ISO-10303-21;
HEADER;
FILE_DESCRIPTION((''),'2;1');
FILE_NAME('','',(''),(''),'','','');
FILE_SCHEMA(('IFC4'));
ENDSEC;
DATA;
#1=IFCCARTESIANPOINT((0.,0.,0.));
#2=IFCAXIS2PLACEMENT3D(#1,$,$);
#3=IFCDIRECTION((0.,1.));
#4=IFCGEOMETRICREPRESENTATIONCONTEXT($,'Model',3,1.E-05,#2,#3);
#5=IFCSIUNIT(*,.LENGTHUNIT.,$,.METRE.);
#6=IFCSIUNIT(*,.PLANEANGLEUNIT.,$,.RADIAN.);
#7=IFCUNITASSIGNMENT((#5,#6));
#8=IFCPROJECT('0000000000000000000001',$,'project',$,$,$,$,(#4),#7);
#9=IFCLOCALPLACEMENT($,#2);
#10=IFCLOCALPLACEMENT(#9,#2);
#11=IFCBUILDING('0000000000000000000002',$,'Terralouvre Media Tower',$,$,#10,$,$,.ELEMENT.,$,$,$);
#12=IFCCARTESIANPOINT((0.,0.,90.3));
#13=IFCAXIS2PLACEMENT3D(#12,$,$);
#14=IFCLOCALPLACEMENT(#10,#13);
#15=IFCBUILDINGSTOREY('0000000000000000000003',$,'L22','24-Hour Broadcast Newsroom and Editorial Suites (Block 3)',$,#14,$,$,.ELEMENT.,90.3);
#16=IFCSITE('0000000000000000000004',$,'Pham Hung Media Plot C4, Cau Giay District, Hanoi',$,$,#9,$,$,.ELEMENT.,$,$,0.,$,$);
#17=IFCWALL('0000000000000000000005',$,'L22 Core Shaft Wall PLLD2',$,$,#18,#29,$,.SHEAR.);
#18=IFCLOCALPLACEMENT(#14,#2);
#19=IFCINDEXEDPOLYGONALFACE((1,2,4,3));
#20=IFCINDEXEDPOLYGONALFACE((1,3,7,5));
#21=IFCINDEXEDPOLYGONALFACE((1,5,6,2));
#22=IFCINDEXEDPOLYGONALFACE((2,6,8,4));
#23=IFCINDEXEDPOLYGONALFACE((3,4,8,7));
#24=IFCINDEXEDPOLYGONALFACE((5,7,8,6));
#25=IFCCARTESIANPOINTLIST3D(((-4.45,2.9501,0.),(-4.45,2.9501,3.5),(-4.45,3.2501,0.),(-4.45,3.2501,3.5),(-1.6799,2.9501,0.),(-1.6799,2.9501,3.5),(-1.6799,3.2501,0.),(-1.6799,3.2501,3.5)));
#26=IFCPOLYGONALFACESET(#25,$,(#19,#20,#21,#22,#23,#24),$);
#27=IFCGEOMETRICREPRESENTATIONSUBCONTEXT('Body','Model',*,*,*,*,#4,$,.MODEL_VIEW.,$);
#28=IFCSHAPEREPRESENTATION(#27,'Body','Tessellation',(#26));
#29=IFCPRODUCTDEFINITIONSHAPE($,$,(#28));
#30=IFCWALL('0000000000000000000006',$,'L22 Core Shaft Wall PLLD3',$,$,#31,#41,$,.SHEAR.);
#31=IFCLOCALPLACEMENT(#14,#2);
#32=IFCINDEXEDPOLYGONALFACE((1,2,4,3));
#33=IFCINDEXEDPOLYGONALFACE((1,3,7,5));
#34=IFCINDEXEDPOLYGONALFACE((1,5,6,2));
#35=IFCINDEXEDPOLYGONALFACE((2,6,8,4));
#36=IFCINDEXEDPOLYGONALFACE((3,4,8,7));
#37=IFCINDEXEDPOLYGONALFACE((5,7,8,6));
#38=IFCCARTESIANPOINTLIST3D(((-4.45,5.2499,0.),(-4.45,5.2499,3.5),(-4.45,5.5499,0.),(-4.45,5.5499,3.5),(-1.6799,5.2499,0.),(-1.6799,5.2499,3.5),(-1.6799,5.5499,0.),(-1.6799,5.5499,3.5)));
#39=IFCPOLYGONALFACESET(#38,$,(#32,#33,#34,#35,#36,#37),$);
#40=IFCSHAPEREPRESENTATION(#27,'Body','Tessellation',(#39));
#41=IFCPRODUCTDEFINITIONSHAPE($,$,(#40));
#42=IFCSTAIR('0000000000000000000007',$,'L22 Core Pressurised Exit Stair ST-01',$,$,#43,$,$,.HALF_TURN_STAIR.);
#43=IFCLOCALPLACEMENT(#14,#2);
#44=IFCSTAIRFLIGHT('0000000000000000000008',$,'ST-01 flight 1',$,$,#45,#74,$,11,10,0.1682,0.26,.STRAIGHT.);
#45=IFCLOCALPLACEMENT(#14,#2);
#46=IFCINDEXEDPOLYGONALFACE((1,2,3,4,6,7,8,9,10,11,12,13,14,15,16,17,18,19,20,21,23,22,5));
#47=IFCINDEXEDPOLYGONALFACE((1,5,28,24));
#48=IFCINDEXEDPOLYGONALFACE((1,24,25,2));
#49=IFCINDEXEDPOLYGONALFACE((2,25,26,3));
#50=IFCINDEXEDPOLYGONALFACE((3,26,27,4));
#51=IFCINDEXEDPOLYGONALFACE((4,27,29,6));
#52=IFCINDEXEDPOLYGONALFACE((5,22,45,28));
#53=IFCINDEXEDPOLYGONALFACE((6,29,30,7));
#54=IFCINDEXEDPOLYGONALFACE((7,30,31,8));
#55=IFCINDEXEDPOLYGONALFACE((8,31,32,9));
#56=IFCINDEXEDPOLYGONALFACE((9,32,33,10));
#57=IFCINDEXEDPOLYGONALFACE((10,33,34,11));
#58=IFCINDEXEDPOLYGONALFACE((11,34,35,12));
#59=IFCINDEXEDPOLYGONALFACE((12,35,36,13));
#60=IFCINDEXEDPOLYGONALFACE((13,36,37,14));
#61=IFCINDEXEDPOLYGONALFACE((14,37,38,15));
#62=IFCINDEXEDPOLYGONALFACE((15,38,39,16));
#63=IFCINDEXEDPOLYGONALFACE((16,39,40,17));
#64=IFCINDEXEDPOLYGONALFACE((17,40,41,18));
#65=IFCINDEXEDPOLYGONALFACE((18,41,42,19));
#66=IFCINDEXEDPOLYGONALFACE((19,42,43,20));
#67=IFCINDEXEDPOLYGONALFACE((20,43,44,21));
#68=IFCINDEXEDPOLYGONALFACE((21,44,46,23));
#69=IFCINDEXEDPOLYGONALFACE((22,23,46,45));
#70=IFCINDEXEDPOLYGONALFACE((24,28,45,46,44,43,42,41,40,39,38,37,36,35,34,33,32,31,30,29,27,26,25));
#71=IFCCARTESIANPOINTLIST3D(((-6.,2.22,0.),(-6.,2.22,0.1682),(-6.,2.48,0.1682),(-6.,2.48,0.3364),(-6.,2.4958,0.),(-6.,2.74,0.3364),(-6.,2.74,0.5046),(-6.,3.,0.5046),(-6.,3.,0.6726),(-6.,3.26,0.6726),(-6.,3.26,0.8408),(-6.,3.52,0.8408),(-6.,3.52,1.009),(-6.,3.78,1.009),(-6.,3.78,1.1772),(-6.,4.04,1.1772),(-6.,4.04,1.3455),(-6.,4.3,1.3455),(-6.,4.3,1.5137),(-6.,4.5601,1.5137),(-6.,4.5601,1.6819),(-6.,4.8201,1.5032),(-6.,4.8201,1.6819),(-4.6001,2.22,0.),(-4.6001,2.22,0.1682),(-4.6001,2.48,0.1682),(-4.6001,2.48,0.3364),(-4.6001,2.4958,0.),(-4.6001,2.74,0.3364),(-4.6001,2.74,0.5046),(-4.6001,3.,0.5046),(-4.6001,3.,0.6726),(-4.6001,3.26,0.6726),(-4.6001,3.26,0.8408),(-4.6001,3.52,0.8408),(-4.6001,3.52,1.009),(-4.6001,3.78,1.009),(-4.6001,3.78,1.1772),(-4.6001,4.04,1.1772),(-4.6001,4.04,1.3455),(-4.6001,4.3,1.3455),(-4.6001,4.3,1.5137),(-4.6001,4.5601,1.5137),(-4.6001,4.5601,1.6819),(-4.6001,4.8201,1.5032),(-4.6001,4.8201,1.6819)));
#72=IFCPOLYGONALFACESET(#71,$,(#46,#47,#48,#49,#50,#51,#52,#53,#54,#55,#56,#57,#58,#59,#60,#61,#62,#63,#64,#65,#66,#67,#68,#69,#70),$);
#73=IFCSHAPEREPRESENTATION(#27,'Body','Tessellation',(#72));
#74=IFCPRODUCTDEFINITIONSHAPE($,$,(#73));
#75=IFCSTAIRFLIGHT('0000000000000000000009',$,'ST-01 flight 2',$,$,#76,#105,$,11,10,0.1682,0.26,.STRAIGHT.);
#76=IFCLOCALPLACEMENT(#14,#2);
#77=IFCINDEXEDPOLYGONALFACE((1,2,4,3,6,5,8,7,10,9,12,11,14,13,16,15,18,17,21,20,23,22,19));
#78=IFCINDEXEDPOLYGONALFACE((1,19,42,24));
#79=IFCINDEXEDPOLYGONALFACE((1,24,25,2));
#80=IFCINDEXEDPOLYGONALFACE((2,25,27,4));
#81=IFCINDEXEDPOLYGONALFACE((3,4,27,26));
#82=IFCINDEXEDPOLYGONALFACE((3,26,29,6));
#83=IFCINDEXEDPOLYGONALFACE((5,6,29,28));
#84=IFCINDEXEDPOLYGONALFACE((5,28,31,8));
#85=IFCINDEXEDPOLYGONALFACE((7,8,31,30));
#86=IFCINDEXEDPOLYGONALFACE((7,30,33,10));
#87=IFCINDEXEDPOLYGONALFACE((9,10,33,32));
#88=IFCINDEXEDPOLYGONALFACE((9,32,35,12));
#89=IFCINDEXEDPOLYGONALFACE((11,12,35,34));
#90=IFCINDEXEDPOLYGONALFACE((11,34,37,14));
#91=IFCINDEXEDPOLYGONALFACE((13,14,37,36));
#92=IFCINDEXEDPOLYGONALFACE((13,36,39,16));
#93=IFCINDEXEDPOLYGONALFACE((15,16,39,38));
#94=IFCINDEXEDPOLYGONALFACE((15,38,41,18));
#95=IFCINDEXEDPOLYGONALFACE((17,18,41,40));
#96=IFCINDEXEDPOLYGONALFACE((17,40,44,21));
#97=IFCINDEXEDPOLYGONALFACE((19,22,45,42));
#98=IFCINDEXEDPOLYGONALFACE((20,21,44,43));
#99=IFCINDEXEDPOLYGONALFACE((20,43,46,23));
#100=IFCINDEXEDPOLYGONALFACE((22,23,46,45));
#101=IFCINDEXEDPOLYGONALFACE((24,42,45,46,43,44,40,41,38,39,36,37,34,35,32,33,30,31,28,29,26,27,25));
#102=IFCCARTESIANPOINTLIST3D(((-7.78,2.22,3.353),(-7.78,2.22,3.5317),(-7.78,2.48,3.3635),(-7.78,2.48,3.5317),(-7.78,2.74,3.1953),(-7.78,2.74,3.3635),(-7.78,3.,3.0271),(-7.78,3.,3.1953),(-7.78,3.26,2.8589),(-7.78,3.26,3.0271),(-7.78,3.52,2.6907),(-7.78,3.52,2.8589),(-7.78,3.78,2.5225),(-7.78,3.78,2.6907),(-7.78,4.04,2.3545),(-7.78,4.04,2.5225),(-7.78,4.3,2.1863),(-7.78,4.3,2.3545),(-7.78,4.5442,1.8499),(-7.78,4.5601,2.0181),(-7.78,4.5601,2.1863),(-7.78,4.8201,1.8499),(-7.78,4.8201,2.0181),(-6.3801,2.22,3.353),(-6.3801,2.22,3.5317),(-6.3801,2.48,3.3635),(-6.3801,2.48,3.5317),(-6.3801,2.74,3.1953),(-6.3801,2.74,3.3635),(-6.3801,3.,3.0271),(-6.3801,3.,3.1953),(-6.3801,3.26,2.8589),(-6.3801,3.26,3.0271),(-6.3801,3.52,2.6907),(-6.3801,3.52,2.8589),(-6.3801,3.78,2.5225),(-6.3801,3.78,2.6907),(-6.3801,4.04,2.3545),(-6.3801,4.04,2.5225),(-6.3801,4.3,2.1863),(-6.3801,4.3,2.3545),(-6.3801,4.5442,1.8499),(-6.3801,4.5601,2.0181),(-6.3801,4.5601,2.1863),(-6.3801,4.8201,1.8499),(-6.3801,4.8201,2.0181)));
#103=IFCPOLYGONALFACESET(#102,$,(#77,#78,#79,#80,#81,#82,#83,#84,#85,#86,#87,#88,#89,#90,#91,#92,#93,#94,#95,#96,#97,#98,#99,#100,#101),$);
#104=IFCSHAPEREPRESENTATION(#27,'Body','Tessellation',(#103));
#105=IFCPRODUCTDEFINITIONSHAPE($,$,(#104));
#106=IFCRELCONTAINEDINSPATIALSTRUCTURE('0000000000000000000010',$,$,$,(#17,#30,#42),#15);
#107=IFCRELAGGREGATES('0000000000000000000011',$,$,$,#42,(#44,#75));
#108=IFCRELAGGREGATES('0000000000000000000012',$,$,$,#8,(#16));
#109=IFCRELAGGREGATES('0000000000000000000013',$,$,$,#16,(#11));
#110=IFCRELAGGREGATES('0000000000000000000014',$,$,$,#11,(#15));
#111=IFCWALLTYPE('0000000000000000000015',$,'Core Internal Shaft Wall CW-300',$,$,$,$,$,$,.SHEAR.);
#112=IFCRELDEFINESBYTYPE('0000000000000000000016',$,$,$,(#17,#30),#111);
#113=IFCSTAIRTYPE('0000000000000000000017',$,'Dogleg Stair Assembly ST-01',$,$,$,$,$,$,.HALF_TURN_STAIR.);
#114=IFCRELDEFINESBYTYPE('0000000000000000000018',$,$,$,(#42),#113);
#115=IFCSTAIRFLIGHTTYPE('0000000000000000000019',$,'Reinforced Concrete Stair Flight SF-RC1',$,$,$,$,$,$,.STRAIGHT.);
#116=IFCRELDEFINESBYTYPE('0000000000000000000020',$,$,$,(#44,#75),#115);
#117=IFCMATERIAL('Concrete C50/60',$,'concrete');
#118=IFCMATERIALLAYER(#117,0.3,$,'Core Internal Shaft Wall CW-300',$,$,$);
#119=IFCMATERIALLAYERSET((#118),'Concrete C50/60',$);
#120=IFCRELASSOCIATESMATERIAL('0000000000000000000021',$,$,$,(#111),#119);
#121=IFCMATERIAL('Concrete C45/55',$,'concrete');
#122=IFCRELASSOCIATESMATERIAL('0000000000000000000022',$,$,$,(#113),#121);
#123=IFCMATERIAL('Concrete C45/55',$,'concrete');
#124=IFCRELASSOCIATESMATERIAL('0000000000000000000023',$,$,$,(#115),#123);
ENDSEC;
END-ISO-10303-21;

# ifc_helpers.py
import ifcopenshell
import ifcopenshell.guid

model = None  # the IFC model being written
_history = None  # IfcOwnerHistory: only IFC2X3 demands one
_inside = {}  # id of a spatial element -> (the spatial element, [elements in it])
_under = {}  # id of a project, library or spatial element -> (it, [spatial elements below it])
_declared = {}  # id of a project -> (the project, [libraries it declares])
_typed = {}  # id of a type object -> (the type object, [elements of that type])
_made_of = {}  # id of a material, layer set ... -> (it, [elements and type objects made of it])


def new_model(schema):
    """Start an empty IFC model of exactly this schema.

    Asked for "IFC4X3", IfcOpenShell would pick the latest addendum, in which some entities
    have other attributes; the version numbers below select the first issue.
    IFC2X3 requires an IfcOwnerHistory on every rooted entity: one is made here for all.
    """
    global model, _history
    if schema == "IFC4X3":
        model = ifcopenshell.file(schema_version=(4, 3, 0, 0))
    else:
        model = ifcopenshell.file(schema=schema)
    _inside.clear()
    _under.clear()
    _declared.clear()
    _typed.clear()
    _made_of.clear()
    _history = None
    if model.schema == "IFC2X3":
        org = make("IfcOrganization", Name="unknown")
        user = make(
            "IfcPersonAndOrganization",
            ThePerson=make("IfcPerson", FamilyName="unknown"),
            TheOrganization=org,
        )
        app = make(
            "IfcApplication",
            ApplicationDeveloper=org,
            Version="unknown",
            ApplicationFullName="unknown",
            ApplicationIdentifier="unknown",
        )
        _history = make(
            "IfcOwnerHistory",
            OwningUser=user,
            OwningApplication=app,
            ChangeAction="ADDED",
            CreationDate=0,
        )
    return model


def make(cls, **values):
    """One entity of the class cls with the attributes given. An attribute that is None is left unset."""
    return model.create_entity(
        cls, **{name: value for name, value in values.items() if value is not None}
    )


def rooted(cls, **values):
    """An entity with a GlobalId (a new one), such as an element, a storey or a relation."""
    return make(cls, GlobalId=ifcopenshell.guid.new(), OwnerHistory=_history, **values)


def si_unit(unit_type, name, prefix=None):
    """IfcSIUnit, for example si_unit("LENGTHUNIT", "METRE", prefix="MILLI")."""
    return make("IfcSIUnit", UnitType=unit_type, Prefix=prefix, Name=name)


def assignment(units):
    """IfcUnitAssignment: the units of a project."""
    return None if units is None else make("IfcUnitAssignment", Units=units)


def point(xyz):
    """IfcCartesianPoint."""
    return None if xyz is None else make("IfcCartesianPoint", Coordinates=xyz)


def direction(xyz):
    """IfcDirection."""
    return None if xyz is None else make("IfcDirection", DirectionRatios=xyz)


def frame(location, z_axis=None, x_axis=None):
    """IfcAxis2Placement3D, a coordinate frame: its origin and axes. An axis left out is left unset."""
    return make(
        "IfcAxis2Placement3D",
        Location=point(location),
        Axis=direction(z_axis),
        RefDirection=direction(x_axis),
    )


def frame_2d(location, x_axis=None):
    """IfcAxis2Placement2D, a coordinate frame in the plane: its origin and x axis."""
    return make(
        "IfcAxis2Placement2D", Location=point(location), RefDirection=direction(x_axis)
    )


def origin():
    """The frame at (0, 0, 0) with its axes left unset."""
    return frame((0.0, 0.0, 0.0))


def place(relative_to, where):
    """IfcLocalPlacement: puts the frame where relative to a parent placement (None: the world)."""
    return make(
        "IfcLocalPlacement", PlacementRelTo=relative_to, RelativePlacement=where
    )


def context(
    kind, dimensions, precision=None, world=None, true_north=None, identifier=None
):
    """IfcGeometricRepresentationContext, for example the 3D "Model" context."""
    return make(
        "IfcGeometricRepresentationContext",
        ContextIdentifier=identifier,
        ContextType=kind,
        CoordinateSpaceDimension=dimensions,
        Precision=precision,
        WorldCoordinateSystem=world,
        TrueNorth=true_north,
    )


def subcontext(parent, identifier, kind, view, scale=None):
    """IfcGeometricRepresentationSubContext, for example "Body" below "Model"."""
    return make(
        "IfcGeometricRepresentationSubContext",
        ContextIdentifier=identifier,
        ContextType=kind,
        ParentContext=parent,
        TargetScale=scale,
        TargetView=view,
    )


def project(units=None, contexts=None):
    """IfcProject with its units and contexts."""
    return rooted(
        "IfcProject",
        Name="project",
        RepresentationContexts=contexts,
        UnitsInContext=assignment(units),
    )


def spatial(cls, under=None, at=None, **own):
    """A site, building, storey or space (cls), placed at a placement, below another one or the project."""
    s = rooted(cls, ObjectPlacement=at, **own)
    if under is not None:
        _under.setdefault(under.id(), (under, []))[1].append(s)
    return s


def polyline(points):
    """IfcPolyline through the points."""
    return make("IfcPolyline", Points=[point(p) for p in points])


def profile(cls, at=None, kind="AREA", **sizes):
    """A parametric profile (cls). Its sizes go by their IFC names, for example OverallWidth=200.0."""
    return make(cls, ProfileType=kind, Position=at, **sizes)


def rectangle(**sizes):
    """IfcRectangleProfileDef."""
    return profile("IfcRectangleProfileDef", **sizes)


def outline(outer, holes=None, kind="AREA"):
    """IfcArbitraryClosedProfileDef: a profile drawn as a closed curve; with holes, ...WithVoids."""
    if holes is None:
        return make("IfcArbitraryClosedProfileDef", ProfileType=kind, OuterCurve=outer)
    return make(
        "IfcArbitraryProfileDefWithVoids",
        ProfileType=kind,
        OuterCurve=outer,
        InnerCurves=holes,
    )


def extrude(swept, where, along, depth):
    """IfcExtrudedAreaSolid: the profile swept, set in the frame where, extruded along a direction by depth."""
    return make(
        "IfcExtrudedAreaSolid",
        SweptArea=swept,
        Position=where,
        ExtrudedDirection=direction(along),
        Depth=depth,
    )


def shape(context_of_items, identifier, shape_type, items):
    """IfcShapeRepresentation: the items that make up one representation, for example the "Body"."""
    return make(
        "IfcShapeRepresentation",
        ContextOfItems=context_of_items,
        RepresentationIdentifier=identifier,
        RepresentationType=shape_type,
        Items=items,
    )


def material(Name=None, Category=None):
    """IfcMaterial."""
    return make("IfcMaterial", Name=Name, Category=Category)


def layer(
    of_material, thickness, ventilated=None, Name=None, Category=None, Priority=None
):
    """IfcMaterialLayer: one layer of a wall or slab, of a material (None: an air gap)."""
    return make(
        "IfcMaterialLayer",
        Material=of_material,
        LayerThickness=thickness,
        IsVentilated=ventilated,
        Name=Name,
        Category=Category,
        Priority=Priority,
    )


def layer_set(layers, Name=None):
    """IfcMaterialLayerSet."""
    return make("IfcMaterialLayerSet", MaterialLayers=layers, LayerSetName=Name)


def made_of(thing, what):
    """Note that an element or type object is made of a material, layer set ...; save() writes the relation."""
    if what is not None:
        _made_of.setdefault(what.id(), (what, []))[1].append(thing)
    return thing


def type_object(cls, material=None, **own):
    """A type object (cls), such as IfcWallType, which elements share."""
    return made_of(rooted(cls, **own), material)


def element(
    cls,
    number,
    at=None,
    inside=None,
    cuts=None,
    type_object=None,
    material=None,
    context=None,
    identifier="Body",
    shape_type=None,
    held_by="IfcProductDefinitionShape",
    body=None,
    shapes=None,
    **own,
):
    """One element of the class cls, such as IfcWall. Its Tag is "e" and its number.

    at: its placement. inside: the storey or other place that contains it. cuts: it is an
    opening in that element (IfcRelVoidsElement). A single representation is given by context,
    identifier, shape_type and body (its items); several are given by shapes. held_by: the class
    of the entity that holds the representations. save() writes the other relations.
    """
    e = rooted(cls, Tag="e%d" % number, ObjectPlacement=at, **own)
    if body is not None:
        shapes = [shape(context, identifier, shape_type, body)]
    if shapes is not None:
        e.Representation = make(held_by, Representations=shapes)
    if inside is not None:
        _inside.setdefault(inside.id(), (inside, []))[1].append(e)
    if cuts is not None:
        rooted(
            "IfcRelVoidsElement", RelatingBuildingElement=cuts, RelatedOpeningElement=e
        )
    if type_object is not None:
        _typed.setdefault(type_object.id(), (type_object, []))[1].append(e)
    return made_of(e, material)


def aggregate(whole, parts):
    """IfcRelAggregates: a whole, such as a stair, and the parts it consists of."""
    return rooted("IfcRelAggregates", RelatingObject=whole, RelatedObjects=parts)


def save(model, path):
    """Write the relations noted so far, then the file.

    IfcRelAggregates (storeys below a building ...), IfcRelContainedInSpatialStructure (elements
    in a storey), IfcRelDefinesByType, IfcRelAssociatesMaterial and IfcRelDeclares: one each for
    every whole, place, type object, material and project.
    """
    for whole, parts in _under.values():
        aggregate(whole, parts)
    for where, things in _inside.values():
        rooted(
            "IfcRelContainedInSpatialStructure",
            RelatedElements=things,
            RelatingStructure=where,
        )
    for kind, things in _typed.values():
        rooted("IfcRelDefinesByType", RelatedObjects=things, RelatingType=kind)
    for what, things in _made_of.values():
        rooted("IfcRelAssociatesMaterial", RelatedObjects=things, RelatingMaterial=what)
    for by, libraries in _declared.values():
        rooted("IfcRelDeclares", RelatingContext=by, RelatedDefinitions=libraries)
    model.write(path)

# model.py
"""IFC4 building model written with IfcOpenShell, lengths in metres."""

from ifc_helpers import new_model, si_unit, direction, frame, frame_2d, origin, place, context, subcontext, project, spatial, polyline, rectangle, outline, extrude, material, layer, layer_set, type_object, element, aggregate, save


model = new_model("IFC4")

# Units and contexts
model_context = context("Model", 3, precision=1e-05, world=origin(), true_north=direction((0.0, 1.0)))
body_context = subcontext(model_context, "Body", "Model", "MODEL_VIEW")
ifc_project = project(units=[si_unit("LENGTHUNIT", "METRE"), si_unit("PLANEANGLEUNIT", "RADIAN")], contexts=[model_context])

# Site, building, storey
site_placement = place(None, origin())
site = spatial("IfcSite", under=ifc_project, at=site_placement, Name="Pham Hung Media Plot C4, Cau Giay District, Hanoi", CompositionType="ELEMENT", RefElevation=0.0)
building_placement = place(site_placement, origin())
building = spatial("IfcBuilding", under=site, at=building_placement, Name="Terralouvre Media Tower", CompositionType="ELEMENT")
storey_placement = place(building_placement, frame((0.0, 0.0, 90.3)))
storey = spatial("IfcBuildingStorey", under=building, at=storey_placement, Name="L22", Description="24-Hour Broadcast Newsroom and Editorial Suites (Block 3)", CompositionType="ELEMENT", Elevation=90.3)

# Shared definitions
ifc_material_1 = material(Name="Concrete C50/60", Category="concrete")
ifc_layer_1 = layer(ifc_material_1, 0.3, Name="Core Internal Shaft Wall CW-300")
ifc_layer_set_1 = layer_set([ifc_layer_1], Name="Concrete C50/60")
wall_type_1 = type_object("IfcWallType", Name="Core Internal Shaft Wall CW-300", PredefinedType="SHEAR", material=ifc_layer_set_1)

# Walls
for number, where, z_axis, x_axis, name in (
    (1, (-4.45, 3.1001, 0.0), (0.0, 0.0, 1.0), (1.0, 0.0, 0.0), "L22 Core Shaft Wall PLLD2"),
    (2, (-4.45, 5.3999, 0.0), (0.0, 0.0, 1.0), (1.0, 0.0, 0.0), "L22 Core Shaft Wall PLLD3"),
):
    element("IfcWall", number, at=place(storey_placement, frame(where, z_axis=z_axis, x_axis=x_axis)), inside=storey, type_object=wall_type_1, Name=name, PredefinedType="SHEAR", context=body_context, shape_type="SweptSolid", body=[
        extrude(rectangle(XDim=2.77, YDim=0.3, at=frame_2d((1.385, 0.0))), origin(), (0.0, 0.0, 1.0), 3.5),
    ])

# Stair, stair flights
ifc_material_2 = material(Name="Concrete C45/55", Category="concrete")
stair_type = type_object("IfcStairType", Name="Dogleg Stair Assembly ST-01", PredefinedType="HALF_TURN_STAIR", material=ifc_material_2)
stair_placement = place(storey_placement, origin())
stair = element("IfcStair", 3, at=stair_placement, inside=storey, type_object=stair_type, Name="L22 Core Pressurised Exit Stair ST-01", PredefinedType="HALF_TURN_STAIR")
ifc_material_3 = material(Name="Concrete C45/55", Category="concrete")
stair_flight_type = type_object("IfcStairFlightType", Name="Reinforced Concrete Stair Flight SF-RC1", PredefinedType="STRAIGHT", material=ifc_material_3)
stair_flight_1_placement = place(storey_placement, frame((-5.3, 2.22, 0.0), z_axis=(0.0, 0.0, 1.0), x_axis=(0.0, 1.0, 0.0)))
stair_flight_1 = element("IfcStairFlight", 4, at=stair_flight_1_placement, type_object=stair_flight_type, Name="ST-01 flight 1", NumberOfRisers=11, NumberOfTreads=10, PredefinedType="STRAIGHT", RiserHeight=0.1682, TreadLength=0.26, context=body_context, shape_type="SweptSolid", body=[
    extrude(outline(polyline([(0.0, 0.0), (0.0, 0.1682), (0.26, 0.1682), (0.26, 0.3364), (0.52, 0.3364), (0.52, 0.5046), (0.78, 0.5046), (0.78, 0.6726), (1.04, 0.6726), (1.04, 0.8408), (1.3, 0.8408), (1.3, 1.009), (1.5601, 1.009), (1.5601, 1.1772), (1.8201, 1.1772), (1.8201, 1.3455), (2.0801, 1.3455), (2.0801, 1.5137), (2.3401, 1.5137), (2.3401, 1.6819), (2.6001, 1.6819), (2.6001, 1.8501), (2.6001, 1.5032), (0.2759, 0.0), (0.0, 0.0)])), frame((0.0, 0.7, 0.0), z_axis=(0.0, -1.0, 0.0), x_axis=(1.0, 0.0, 0.0)), (0.0, 0.0, 1.0), 1.3999),
])
stair_flight_2_placement = place(storey_placement, frame((-7.0801, 4.8201, 1.8499), z_axis=(0.0, 0.0, 1.0), x_axis=(0.0, -1.0, 0.0)))
stair_flight_2 = element("IfcStairFlight", 5, at=stair_flight_2_placement, type_object=stair_flight_type, Name="ST-01 flight 2", NumberOfRisers=11, NumberOfTreads=10, PredefinedType="STRAIGHT", RiserHeight=0.1682, TreadLength=0.26, context=body_context, shape_type="SweptSolid", body=[
    extrude(outline(polyline([(0.0, 0.0), (0.0, 0.1682), (0.26, 0.1682), (0.26, 0.3364), (0.52, 0.3364), (0.52, 0.5046), (0.78, 0.5046), (0.78, 0.6726), (1.04, 0.6726), (1.04, 0.8408), (1.3, 0.8408), (1.3, 1.009), (1.5601, 1.009), (1.5601, 1.1772), (1.8201, 1.1772), (1.8201, 1.3455), (2.0801, 1.3455), (2.0801, 1.5137), (2.3401, 1.5137), (2.3401, 1.6819), (2.6001, 1.6819), (2.6001, 1.8501), (2.6001, 1.5032), (0.2759, 0.0), (0.0, 0.0)])), frame((0.0, 0.7, 0.0), z_axis=(0.0, -1.0, 0.0), x_axis=(1.0, 0.0, 0.0)), (0.0, 0.0, 1.0), 1.3999),
])
aggregate(stair, [stair_flight_1, stair_flight_2])

save(model, "model.ifc")
